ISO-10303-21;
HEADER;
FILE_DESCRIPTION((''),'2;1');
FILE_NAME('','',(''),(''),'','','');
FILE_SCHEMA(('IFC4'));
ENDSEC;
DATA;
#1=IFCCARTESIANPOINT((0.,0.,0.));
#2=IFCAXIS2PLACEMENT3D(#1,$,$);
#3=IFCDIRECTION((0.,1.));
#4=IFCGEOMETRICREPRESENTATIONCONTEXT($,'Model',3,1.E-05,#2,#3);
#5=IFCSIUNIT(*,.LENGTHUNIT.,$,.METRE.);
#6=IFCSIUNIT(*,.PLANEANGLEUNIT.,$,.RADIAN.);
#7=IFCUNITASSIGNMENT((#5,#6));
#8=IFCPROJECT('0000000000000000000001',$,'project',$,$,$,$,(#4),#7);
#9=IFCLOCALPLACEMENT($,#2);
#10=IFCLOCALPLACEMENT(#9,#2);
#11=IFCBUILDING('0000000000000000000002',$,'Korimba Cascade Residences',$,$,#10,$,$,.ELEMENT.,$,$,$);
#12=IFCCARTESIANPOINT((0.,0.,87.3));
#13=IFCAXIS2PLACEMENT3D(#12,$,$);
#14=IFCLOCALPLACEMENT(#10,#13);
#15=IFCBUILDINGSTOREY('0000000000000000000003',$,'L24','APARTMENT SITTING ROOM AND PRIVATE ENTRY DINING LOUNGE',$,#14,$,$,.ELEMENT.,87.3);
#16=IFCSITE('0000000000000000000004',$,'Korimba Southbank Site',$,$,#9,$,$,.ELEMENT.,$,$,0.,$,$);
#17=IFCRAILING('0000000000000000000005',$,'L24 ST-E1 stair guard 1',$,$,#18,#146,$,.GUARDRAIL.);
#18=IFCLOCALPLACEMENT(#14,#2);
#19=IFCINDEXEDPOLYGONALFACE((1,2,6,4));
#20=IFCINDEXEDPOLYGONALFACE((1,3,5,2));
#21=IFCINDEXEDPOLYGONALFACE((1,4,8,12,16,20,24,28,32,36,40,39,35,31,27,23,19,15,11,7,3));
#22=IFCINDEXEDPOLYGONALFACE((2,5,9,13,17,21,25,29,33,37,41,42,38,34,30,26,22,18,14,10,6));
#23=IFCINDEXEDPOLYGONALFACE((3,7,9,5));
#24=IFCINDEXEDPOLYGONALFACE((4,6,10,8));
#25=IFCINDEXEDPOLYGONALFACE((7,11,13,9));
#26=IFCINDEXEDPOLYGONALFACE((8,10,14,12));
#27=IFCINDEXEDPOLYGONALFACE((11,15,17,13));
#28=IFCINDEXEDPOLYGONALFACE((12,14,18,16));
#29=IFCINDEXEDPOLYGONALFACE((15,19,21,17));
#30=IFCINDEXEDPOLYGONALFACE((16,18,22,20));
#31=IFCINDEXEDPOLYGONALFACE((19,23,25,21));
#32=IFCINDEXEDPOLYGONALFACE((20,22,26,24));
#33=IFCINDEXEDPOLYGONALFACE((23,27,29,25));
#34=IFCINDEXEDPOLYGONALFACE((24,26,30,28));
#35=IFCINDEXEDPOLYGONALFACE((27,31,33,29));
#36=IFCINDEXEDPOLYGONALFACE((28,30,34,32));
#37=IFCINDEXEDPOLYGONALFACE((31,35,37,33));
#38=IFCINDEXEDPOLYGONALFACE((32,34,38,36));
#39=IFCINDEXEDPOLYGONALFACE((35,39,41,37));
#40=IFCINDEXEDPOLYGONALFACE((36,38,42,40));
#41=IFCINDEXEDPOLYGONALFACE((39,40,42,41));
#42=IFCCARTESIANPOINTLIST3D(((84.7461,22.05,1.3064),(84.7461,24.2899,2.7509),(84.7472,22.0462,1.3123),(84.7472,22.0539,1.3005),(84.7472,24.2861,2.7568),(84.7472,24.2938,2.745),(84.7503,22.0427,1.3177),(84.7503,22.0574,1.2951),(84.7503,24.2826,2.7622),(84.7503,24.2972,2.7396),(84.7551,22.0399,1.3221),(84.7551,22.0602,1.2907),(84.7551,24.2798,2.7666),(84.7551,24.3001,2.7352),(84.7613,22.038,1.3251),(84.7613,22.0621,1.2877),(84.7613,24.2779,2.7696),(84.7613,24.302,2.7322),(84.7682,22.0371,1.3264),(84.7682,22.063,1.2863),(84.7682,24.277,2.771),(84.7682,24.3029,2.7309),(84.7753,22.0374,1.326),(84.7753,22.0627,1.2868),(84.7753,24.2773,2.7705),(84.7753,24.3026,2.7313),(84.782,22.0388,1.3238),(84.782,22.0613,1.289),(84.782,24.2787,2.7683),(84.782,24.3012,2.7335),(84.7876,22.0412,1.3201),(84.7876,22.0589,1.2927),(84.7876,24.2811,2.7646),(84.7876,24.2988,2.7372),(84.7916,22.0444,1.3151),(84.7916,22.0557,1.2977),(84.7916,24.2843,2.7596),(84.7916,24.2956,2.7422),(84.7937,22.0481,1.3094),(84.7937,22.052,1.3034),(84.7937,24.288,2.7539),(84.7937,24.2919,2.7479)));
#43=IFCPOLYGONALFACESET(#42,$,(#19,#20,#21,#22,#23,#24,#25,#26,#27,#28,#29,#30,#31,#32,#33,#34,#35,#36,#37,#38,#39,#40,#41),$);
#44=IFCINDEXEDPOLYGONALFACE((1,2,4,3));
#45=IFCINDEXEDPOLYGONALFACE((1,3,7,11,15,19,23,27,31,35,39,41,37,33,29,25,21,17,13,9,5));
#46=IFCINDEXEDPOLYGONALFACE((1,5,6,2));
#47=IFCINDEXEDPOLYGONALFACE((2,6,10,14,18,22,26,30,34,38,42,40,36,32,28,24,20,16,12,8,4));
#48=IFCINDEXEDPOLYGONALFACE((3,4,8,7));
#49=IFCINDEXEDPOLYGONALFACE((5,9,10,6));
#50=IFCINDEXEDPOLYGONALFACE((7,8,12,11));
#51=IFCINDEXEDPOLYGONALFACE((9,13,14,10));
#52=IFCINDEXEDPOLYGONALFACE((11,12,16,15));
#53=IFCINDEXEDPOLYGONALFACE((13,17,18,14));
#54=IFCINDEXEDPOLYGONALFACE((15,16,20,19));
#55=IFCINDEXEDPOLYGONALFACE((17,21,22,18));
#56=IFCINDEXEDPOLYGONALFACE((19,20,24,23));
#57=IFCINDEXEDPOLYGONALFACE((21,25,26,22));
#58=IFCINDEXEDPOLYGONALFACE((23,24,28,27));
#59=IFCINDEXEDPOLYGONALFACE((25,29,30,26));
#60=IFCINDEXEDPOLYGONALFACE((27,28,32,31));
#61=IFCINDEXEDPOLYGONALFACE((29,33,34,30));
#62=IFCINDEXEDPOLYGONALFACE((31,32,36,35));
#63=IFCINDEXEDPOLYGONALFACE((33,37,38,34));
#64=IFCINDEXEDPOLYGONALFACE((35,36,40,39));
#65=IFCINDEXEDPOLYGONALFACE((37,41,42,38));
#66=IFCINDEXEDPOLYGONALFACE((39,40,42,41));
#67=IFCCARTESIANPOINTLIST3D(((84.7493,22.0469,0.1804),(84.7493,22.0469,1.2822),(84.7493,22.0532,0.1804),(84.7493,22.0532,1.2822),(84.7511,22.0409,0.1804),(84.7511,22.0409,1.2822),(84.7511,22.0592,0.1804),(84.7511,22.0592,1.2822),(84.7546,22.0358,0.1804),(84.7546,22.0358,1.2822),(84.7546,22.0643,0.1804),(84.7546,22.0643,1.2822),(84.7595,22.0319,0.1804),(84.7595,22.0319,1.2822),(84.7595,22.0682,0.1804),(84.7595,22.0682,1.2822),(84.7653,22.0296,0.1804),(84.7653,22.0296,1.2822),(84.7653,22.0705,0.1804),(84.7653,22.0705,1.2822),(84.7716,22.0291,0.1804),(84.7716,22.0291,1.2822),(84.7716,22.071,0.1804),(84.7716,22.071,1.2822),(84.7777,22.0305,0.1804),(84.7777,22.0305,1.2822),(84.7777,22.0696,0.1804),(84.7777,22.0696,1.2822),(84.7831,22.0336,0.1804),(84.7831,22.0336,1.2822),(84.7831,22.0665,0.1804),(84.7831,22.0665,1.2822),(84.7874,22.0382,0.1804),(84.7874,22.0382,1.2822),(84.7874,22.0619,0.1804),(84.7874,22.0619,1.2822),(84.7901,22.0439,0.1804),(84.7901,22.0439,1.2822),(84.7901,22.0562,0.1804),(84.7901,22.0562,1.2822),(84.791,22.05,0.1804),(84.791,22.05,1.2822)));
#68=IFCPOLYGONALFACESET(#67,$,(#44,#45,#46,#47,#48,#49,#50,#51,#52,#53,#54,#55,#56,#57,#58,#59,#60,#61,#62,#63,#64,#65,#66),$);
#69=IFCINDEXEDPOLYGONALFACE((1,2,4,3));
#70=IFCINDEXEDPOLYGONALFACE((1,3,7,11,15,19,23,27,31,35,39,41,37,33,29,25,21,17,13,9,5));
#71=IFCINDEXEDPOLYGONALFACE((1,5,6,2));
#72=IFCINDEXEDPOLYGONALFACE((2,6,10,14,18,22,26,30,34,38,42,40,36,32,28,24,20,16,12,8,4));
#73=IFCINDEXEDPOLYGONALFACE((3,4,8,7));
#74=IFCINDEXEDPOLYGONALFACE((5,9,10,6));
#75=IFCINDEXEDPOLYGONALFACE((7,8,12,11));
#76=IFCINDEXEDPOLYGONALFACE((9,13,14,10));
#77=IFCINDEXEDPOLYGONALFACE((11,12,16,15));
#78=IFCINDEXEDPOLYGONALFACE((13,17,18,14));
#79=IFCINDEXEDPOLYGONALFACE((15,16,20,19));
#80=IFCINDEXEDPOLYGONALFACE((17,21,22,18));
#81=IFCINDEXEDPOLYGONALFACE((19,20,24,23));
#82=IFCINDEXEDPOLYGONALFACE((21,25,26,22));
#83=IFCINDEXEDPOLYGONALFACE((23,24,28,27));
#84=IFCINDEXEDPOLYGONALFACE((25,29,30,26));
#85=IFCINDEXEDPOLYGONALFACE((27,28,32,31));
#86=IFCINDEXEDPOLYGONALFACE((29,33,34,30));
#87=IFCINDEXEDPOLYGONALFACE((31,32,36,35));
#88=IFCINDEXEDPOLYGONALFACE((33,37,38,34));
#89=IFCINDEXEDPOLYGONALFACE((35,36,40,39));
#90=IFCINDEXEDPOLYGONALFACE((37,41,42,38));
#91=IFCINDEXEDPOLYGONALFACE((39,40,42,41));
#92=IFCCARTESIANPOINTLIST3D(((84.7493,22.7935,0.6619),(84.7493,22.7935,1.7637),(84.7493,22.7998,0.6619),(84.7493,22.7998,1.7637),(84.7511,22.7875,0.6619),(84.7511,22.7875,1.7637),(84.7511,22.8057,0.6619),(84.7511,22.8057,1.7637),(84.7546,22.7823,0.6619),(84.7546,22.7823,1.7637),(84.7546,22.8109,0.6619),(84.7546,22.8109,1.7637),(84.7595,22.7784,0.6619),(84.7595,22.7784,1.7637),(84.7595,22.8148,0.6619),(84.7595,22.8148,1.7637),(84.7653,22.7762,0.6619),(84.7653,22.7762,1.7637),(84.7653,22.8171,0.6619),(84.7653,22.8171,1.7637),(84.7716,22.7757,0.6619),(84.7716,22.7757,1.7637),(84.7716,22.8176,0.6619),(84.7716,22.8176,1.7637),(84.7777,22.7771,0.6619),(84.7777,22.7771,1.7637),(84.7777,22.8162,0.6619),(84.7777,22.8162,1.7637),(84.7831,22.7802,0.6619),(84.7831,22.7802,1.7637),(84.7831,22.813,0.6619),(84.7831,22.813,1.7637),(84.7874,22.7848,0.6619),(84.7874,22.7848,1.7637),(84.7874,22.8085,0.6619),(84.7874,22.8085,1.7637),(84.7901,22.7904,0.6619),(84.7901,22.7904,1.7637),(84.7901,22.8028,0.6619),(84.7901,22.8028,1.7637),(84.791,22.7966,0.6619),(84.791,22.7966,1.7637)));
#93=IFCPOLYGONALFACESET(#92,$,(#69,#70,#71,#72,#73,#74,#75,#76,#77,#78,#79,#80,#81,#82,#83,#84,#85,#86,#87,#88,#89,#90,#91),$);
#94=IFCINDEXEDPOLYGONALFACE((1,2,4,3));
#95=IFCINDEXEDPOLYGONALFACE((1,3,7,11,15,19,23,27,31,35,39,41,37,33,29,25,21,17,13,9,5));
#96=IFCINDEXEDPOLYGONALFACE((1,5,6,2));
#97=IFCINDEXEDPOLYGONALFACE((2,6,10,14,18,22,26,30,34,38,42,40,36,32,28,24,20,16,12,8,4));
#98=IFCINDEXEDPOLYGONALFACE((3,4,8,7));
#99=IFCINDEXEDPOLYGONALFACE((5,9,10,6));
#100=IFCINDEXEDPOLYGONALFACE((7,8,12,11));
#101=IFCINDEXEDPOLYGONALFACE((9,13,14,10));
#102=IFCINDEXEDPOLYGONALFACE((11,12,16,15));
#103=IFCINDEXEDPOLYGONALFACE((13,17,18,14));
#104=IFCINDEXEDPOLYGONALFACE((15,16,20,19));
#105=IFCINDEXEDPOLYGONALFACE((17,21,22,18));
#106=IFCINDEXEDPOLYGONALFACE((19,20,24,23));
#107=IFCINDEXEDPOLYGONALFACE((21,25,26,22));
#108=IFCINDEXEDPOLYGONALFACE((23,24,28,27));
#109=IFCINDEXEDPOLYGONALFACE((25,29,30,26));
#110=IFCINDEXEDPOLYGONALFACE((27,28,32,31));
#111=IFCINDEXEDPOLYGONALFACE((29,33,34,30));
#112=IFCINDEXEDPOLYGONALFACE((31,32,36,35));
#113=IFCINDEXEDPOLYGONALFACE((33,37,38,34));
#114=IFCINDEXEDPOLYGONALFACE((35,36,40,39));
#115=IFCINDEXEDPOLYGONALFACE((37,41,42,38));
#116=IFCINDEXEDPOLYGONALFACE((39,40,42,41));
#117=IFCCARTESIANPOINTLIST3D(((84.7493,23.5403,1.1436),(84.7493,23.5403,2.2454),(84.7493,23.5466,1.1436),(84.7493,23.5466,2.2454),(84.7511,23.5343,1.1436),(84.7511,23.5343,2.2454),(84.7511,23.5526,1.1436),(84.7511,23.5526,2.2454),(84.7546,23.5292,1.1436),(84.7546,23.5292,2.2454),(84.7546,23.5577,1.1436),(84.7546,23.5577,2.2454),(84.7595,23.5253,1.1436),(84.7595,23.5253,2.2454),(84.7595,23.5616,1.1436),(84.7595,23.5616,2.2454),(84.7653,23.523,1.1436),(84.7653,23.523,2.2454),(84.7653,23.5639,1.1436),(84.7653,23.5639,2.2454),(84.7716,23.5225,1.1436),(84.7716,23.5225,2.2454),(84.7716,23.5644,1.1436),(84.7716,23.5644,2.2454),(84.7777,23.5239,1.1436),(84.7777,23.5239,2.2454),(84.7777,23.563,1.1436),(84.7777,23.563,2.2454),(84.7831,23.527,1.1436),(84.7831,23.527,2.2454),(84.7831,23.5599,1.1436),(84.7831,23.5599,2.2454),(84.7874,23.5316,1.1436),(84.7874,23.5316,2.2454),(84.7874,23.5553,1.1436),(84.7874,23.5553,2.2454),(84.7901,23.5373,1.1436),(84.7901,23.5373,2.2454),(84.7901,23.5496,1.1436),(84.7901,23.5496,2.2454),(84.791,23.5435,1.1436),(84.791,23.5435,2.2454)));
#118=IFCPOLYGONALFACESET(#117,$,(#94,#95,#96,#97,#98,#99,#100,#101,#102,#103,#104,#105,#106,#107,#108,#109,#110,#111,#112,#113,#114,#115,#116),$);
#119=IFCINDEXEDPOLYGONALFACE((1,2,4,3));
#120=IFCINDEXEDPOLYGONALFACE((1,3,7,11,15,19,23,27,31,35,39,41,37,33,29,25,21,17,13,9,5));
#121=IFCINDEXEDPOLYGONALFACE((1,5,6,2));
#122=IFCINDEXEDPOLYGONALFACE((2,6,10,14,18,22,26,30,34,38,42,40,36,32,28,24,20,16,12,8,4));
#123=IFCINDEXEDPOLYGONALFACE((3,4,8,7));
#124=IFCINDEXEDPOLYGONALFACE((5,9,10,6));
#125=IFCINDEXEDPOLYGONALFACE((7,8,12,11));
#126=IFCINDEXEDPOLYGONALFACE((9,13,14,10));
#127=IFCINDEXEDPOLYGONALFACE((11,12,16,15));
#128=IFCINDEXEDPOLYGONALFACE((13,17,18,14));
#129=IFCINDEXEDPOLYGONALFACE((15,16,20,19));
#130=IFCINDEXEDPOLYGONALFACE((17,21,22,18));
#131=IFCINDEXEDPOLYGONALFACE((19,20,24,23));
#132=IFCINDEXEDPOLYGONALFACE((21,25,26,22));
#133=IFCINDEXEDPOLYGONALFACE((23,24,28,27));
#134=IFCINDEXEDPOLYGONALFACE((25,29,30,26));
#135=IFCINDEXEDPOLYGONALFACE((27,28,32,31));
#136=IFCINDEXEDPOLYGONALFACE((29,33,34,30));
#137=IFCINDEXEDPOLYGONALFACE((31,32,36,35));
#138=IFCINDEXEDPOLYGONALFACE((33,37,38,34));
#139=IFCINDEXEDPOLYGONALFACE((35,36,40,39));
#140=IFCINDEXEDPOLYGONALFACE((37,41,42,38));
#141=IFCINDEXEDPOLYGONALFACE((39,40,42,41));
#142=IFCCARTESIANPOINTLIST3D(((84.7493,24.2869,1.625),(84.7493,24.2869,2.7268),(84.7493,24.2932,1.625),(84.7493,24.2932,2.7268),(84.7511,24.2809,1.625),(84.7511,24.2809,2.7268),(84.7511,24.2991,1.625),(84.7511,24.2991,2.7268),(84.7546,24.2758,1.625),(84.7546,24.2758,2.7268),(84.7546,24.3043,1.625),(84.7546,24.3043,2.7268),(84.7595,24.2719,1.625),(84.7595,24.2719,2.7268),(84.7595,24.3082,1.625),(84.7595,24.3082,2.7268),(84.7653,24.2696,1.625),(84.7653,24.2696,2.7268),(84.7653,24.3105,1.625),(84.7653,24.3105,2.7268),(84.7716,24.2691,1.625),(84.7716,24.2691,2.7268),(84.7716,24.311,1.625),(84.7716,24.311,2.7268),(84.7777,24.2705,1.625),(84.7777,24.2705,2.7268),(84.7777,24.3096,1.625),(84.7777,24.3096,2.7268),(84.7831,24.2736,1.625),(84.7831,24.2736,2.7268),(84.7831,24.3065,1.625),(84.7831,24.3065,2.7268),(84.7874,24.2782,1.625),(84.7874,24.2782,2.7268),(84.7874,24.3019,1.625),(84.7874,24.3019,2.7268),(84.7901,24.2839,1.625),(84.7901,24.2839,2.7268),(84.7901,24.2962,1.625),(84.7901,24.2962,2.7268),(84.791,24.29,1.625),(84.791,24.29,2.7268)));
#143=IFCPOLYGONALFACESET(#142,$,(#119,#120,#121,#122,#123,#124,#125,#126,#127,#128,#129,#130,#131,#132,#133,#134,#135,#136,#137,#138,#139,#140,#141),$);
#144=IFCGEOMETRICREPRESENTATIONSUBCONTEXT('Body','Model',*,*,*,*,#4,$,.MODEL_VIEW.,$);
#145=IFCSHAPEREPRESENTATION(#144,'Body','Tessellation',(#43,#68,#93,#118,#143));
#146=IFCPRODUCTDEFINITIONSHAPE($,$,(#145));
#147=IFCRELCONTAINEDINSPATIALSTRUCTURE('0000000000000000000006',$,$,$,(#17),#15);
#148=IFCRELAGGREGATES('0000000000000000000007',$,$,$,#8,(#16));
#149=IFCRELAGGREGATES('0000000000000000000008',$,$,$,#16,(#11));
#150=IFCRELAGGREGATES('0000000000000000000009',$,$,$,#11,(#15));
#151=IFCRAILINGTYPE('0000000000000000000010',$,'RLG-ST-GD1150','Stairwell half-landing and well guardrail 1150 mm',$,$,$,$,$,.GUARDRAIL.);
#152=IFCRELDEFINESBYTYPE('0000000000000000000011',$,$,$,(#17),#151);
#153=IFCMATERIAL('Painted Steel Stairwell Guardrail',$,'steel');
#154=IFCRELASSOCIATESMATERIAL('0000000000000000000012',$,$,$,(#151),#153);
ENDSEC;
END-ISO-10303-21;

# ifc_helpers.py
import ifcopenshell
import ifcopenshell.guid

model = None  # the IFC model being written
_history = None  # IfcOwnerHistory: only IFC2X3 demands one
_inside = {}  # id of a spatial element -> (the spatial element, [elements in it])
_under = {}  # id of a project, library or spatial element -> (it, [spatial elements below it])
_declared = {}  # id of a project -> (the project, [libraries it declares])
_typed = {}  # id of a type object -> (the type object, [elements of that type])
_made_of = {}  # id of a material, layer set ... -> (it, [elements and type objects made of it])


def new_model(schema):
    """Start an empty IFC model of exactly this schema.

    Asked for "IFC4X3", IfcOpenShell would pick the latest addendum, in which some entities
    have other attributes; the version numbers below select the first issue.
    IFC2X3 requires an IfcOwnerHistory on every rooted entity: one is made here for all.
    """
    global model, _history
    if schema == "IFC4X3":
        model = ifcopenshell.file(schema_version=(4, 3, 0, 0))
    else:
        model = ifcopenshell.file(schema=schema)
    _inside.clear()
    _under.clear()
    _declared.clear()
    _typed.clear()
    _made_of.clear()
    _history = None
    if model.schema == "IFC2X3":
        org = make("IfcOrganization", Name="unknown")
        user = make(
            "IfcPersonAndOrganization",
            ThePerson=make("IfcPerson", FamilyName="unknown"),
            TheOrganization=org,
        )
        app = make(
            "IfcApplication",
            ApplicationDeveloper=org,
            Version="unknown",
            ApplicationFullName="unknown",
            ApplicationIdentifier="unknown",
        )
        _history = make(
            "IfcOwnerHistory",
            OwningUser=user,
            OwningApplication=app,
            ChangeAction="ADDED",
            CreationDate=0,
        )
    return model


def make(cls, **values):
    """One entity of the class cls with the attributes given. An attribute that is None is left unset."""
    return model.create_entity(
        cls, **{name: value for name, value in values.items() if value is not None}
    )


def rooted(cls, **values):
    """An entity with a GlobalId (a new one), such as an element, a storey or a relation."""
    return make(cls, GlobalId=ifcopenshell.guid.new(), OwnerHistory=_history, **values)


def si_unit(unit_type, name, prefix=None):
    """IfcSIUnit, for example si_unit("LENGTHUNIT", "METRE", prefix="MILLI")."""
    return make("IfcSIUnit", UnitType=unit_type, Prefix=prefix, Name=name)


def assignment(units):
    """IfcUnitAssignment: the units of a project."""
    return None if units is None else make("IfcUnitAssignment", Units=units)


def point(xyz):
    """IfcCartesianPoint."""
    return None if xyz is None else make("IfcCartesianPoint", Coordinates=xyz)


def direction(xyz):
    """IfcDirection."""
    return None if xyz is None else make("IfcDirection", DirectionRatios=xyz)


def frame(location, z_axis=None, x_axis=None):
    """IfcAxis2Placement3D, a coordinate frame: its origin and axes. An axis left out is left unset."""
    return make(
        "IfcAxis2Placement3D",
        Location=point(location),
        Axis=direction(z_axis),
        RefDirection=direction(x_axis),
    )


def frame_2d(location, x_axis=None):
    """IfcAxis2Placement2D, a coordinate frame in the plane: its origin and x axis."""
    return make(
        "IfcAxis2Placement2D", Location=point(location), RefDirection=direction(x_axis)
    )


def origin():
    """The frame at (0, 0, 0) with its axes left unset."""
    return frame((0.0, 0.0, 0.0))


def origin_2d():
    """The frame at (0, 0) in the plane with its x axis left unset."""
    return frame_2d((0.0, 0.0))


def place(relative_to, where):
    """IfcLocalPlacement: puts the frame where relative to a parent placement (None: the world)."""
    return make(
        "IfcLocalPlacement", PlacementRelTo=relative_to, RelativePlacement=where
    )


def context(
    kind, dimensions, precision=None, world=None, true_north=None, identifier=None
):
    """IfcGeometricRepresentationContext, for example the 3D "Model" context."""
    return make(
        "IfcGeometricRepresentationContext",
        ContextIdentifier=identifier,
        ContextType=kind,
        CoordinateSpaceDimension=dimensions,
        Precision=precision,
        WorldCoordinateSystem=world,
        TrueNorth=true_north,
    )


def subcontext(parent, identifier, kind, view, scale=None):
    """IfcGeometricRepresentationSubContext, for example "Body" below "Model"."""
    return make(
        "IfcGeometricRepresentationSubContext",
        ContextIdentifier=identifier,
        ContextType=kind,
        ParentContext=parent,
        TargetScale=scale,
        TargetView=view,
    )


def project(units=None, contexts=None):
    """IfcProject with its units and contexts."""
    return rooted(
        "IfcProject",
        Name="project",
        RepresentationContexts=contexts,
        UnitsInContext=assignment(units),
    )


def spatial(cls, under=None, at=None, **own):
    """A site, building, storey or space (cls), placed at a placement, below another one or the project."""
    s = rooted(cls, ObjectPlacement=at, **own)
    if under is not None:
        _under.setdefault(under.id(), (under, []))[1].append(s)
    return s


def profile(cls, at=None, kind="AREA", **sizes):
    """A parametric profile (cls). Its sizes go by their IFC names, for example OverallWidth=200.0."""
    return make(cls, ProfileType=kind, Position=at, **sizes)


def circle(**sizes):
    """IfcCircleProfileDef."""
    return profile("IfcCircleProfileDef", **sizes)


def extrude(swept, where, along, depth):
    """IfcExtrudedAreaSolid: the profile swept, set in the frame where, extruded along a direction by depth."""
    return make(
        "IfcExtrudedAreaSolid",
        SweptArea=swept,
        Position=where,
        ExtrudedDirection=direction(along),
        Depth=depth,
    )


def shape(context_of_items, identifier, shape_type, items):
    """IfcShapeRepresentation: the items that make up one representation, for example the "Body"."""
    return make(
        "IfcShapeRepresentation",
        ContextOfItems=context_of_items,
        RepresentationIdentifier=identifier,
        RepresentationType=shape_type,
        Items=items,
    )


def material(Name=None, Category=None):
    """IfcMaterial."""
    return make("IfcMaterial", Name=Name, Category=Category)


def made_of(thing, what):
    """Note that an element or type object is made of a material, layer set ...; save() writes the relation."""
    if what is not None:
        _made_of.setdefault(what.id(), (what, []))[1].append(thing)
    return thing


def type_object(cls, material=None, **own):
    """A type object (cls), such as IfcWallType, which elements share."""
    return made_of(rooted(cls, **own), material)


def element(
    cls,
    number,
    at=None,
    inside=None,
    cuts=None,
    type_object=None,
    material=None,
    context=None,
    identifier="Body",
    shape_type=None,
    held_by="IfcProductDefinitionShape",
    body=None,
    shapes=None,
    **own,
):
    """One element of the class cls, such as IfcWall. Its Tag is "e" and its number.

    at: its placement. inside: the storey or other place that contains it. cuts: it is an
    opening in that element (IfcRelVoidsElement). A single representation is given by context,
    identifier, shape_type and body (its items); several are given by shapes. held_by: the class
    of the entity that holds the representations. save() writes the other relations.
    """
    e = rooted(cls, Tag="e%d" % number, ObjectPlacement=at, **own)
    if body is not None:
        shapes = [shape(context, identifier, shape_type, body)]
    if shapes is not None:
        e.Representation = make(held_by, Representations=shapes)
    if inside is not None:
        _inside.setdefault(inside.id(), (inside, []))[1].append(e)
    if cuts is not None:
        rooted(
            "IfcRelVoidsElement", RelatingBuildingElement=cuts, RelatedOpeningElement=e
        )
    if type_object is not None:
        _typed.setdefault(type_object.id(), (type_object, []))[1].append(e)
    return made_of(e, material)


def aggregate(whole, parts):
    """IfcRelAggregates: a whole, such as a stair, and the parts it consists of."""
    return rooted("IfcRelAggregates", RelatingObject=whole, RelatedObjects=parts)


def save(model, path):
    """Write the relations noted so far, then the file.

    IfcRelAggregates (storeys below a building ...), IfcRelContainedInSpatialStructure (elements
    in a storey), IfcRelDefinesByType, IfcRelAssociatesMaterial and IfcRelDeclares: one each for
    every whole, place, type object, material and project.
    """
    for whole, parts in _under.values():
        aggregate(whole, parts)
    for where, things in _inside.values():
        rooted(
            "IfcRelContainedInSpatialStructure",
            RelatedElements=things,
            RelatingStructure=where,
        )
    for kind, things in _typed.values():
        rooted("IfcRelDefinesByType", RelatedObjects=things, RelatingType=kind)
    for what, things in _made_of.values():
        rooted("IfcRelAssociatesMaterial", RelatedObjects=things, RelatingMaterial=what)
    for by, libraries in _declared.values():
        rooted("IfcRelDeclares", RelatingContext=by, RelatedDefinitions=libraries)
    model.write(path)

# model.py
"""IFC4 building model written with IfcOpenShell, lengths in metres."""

from ifc_helpers import new_model, si_unit, direction, frame, origin, origin_2d, place, context, subcontext, project, spatial, circle, extrude, material, type_object, element, save


model = new_model("IFC4")

# Units and contexts
model_context = context("Model", 3, precision=1e-05, world=origin(), true_north=direction((0.0, 1.0)))
body_context = subcontext(model_context, "Body", "Model", "MODEL_VIEW")
ifc_project = project(units=[si_unit("LENGTHUNIT", "METRE"), si_unit("PLANEANGLEUNIT", "RADIAN")], contexts=[model_context])

# Site, building, storey
site_placement = place(None, origin())
site = spatial("IfcSite", under=ifc_project, at=site_placement, Name="Korimba Southbank Site", CompositionType="ELEMENT", RefElevation=0.0)
building_placement = place(site_placement, origin())
building = spatial("IfcBuilding", under=site, at=building_placement, Name="Korimba Cascade Residences", CompositionType="ELEMENT")
storey_placement = place(building_placement, frame((0.0, 0.0, 87.3)))
storey = spatial("IfcBuildingStorey", under=building, at=storey_placement, Name="L24", Description="APARTMENT SITTING ROOM AND PRIVATE ENTRY DINING LOUNGE", CompositionType="ELEMENT", Elevation=87.3)

# Railing
ifc_material_1 = material(Name="Painted Steel Stairwell Guardrail", Category="steel")
railing_type_1 = type_object("IfcRailingType", Name="RLG-ST-GD1150", Description="Stairwell half-landing and well guardrail 1150 mm", PredefinedType="GUARDRAIL", material=ifc_material_1)
railing_1_placement = place(storey_placement, frame((84.77, 22.05, 0.1804)))
element("IfcRailing", 1, at=railing_1_placement, inside=storey, type_object=railing_type_1, Name="L24 ST-E1 stair guard 1", PredefinedType="GUARDRAIL", context=body_context, shape_type="SweptSolid", body=[
    extrude(circle(Radius=0.0239, at=origin_2d()), frame((0.0, 0.0, 1.126), z_axis=(0.0, 0.840395, 0.541975), x_axis=(-1.0, 0.0, 0.0)), (0.0, 0.0, 1.0), 2.6653),
    extrude(circle(Radius=0.021, at=origin_2d()), origin(), (0.0, 0.0, 1.0), 1.1018),
    extrude(circle(Radius=0.021, at=origin_2d()), frame((0.0, 0.7466, 0.4814)), (0.0, 0.0, 1.0), 1.1018),
    extrude(circle(Radius=0.021, at=origin_2d()), frame((0.0, 1.4934, 0.9631)), (0.0, 0.0, 1.0), 1.1018),
    extrude(circle(Radius=0.021, at=origin_2d()), frame((0.0, 2.24, 1.4446)), (0.0, 0.0, 1.0), 1.1018),
])

save(model, "model.ifc")
